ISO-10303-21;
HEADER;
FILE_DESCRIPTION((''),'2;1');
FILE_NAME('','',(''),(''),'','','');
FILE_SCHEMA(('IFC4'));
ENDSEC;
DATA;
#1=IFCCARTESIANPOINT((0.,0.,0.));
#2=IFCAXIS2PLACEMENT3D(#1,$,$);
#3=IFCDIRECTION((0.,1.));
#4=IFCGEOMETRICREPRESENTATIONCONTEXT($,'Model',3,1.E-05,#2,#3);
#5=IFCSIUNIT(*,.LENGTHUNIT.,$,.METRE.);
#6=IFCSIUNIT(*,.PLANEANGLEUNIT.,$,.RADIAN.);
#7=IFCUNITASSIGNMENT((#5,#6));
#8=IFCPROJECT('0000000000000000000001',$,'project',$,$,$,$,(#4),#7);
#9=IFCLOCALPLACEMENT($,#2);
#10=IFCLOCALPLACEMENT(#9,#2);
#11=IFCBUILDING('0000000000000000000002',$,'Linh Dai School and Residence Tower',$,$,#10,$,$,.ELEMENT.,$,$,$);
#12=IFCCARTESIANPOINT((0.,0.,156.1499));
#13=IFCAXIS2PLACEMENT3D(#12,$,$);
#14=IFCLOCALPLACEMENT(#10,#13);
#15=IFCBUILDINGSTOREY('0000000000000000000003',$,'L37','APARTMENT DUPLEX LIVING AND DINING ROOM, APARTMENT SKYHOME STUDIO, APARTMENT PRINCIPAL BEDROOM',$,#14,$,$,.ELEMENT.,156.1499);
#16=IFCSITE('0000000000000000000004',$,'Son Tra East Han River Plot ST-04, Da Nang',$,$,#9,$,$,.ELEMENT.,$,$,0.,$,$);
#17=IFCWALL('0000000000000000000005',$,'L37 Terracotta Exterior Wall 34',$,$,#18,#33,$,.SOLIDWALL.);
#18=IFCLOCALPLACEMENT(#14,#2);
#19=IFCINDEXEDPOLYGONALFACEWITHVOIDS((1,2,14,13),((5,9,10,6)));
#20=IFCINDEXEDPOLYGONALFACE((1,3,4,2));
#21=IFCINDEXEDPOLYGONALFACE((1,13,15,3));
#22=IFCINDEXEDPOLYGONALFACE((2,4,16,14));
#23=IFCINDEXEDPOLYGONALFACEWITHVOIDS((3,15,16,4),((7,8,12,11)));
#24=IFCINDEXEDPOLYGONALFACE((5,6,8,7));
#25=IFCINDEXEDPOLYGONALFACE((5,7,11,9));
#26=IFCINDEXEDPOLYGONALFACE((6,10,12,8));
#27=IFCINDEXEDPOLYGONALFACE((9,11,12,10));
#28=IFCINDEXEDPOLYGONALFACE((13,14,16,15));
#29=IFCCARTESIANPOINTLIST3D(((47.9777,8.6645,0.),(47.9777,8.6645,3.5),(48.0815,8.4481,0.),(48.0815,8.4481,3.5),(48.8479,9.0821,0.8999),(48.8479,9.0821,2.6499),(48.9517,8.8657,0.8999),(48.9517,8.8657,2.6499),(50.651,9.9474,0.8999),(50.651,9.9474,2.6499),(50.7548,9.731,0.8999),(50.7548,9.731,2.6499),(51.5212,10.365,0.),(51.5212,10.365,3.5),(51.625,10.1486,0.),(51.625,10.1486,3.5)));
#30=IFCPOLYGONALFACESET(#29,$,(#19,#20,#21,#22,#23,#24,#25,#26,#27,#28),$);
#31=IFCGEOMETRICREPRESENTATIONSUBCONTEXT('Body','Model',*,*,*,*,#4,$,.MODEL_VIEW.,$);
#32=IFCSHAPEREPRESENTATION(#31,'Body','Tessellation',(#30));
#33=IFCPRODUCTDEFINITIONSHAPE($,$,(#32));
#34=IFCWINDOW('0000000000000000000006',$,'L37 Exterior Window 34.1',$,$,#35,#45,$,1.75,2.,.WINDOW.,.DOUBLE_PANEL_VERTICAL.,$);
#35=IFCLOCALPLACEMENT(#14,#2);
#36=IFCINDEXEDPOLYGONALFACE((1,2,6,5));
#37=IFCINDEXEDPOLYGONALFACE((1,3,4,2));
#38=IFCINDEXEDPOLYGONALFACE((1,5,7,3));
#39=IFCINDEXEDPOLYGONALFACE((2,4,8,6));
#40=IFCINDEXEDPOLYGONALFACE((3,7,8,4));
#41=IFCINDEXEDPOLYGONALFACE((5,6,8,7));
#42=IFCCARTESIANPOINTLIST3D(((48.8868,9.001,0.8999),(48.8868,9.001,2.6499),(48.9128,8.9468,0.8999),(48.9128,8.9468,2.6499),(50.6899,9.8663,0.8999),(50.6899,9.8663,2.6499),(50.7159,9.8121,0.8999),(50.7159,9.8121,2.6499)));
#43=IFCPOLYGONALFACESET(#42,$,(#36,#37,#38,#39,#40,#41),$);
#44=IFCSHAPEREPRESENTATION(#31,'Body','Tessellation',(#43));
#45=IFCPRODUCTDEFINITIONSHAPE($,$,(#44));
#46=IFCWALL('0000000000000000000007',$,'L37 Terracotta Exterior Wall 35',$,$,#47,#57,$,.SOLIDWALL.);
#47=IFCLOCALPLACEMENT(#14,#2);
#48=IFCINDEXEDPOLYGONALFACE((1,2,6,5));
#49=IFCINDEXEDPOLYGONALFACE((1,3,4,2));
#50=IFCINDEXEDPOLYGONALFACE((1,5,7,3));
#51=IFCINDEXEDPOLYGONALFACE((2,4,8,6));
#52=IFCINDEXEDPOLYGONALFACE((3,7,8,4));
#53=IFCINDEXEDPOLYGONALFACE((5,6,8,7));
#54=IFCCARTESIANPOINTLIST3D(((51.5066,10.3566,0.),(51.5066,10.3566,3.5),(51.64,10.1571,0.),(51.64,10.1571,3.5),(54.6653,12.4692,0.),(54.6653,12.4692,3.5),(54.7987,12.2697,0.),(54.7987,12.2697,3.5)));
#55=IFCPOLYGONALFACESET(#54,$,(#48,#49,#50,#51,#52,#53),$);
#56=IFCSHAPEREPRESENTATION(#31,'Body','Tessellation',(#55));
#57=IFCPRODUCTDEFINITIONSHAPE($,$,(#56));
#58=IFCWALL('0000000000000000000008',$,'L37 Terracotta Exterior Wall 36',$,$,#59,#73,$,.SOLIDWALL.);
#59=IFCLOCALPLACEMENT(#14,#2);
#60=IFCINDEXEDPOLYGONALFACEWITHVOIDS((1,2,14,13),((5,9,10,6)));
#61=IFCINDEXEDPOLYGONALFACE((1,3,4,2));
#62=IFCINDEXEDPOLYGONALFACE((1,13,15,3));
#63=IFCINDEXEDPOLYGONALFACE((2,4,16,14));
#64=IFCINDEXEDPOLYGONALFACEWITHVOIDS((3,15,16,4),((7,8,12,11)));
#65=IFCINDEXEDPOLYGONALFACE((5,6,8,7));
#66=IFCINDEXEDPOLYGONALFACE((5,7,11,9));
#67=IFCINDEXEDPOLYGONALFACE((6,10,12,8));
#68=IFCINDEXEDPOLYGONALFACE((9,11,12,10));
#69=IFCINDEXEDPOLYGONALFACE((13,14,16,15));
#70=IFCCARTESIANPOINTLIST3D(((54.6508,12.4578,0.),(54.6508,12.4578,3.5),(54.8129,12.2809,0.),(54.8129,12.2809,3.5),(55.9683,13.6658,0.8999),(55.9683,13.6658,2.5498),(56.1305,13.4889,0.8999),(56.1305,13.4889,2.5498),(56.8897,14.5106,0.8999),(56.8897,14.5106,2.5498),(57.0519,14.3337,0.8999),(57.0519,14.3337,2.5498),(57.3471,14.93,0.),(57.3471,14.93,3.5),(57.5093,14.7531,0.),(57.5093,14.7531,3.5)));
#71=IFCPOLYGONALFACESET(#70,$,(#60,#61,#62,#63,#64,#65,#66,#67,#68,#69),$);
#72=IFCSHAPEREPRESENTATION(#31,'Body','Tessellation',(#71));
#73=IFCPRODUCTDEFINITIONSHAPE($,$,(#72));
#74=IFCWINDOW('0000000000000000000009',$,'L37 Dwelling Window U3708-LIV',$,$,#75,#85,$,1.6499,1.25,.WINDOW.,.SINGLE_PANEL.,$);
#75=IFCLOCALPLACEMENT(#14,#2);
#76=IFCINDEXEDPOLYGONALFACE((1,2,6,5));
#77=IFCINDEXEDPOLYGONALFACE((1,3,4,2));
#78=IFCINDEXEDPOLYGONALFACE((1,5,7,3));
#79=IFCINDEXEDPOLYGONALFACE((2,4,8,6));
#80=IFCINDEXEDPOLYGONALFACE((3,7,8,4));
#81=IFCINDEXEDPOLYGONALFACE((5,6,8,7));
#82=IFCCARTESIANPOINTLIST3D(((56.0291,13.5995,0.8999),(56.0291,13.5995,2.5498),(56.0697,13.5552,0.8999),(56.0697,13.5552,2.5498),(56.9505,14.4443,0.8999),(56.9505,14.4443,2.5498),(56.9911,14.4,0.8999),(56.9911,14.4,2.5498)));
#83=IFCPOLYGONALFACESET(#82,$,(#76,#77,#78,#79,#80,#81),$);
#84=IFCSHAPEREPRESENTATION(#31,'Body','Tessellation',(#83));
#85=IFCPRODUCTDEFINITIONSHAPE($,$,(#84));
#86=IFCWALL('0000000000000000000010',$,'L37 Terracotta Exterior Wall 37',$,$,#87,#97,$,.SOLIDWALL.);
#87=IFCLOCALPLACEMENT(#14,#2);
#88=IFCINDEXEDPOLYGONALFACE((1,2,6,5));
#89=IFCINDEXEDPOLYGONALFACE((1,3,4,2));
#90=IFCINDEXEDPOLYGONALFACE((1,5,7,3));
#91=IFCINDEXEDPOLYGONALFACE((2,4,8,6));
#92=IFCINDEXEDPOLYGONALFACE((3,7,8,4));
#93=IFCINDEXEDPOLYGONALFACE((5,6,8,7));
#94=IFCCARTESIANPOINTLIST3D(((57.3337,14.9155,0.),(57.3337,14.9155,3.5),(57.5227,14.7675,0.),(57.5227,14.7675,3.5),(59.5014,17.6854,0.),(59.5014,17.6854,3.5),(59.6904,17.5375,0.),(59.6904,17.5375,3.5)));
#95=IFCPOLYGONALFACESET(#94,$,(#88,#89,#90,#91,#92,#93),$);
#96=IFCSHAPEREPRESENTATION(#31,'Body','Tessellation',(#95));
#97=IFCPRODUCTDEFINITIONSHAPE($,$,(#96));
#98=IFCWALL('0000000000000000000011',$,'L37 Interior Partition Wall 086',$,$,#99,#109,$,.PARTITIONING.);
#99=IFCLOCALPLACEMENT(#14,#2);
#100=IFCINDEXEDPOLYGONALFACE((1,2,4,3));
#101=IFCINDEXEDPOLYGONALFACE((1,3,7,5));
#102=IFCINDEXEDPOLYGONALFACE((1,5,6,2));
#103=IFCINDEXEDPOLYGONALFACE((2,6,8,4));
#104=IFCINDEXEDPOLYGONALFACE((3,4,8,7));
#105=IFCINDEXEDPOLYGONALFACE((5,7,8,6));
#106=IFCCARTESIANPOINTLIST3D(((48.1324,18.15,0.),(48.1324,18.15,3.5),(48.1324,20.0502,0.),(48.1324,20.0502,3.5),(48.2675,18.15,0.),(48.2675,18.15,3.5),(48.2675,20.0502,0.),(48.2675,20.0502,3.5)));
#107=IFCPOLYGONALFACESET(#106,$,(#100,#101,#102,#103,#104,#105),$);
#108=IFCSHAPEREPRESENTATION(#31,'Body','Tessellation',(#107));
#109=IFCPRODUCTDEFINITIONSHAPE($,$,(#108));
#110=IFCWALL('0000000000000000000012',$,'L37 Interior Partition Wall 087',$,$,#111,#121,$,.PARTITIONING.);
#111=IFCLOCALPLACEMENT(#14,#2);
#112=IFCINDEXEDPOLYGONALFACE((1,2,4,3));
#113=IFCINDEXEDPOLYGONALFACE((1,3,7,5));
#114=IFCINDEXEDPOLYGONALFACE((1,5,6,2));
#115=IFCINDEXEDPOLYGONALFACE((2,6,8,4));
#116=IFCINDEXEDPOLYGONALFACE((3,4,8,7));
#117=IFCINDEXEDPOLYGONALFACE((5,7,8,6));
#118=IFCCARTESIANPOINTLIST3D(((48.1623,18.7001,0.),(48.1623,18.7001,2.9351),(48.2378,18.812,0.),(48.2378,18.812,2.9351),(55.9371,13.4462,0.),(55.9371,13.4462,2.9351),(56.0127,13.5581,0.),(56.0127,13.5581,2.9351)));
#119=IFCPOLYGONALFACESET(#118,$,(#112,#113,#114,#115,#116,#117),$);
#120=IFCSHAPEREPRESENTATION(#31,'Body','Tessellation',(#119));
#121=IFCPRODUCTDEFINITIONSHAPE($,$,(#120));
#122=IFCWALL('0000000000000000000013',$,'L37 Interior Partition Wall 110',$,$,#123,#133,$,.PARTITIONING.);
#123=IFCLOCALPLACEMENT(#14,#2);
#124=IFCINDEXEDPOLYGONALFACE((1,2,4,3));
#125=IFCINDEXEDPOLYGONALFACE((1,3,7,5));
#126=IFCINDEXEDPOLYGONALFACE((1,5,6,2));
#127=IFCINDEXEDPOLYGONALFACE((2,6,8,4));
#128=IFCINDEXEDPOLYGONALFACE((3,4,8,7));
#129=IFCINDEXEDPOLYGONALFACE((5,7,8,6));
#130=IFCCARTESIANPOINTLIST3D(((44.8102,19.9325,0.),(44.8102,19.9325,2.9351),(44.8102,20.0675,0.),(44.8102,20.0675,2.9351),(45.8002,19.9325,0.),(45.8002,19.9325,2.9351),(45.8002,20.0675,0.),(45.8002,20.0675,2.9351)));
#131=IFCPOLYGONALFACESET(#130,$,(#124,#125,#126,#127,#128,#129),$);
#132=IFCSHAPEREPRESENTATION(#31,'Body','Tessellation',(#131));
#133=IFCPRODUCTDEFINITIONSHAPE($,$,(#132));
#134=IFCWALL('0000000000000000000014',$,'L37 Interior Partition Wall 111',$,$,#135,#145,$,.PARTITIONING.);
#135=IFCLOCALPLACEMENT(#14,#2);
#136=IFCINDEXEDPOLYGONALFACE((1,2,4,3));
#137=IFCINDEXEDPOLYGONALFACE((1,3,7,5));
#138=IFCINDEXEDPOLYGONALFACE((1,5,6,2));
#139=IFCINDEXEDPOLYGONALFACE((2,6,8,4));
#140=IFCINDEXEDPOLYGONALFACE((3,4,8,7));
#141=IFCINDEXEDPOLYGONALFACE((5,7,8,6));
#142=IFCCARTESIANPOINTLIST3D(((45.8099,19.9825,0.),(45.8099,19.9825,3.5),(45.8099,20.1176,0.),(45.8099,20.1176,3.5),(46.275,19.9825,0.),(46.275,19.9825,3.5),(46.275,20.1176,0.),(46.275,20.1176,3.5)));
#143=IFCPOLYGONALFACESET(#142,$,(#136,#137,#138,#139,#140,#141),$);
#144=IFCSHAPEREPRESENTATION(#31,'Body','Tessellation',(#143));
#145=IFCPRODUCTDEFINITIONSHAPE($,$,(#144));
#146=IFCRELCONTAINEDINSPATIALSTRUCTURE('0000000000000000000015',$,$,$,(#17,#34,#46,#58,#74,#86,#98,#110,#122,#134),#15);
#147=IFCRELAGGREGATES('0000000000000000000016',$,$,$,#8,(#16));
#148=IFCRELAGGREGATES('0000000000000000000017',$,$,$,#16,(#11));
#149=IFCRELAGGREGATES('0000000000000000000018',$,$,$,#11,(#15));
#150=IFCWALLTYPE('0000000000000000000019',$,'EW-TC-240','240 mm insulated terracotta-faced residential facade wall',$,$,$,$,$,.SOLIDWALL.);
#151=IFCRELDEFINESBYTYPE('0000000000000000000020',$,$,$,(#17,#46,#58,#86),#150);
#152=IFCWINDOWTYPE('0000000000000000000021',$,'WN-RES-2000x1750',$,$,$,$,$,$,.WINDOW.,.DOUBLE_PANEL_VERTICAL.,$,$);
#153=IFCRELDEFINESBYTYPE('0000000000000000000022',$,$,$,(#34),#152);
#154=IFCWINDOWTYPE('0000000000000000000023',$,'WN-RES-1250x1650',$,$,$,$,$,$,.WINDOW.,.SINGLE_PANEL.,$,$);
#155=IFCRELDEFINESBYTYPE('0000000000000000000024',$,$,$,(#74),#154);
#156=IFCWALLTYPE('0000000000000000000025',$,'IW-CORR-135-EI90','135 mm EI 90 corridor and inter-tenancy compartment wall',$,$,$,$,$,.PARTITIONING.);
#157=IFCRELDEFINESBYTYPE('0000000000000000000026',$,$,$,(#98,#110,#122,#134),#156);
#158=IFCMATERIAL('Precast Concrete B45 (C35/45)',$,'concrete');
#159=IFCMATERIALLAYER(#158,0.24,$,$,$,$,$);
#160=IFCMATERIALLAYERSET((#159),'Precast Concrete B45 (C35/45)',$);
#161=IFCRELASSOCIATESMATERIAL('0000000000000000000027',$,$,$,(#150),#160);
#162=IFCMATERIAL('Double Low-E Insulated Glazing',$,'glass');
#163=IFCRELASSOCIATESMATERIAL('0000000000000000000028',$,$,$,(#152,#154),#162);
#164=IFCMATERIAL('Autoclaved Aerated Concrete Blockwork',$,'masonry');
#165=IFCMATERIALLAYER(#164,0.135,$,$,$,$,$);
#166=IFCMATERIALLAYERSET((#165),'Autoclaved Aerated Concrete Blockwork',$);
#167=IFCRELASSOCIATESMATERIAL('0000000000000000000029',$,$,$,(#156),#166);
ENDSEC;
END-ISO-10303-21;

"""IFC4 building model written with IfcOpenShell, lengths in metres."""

from ifc_helpers import new_model, si_unit, direction, frame, frame_2d, origin, origin_2d, place, context, subcontext, project, spatial, rectangle, extrude, source, transform, mapped, material, layer, layer_set, type_object, element, fill, save


model = new_model("IFC4")

# Units and contexts
model_context = context("Model", 3, precision=1e-05, world=origin(), true_north=direction((0.0, 1.0)))
body_context = subcontext(model_context, "Body", "Model", "MODEL_VIEW")
ifc_project = project(units=[si_unit("LENGTHUNIT", "METRE"), si_unit("PLANEANGLEUNIT", "RADIAN")], contexts=[model_context])

# Site, building, storey
site_placement = place(None, origin())
site = spatial("IfcSite", under=ifc_project, at=site_placement, Name="Son Tra East Han River Plot ST-04, Da Nang", CompositionType="ELEMENT", RefElevation=0.0)
building_placement = place(site_placement, origin())
building = spatial("IfcBuilding", under=site, at=building_placement, Name="Linh Dai School and Residence Tower", CompositionType="ELEMENT")
storey_placement = place(building_placement, frame((0.0, 0.0, 156.1499)))
storey = spatial("IfcBuildingStorey", under=building, at=storey_placement, Name="L37", Description="APARTMENT DUPLEX LIVING AND DINING ROOM, APARTMENT SKYHOME STUDIO, APARTMENT PRINCIPAL BEDROOM", CompositionType="ELEMENT", Elevation=156.1499)

# Shared definitions
ifc_material_1 = material(Name="Precast Concrete B45 (C35/45)", Category="concrete")

# Wall, opening, window
ifc_layer_1 = layer(ifc_material_1, 0.24)
ifc_layer_set_1 = layer_set([ifc_layer_1], Name="Precast Concrete B45 (C35/45)")
wall_type_1 = type_object("IfcWallType", Name="EW-TC-240", Description="240 mm insulated terracotta-faced residential facade wall", PredefinedType="SOLIDWALL", material=ifc_layer_set_1)
ifc_material_2 = material(Name="Double Low-E Insulated Glazing", Category="glass")
window_type_1 = type_object("IfcWindowType", Name="WN-RES-2000x1750", PartitioningType="DOUBLE_PANEL_VERTICAL", PredefinedType="WINDOW", material=ifc_material_2)
shared_shape_1 = source(origin(), body_context, "Body", "SweptSolid", [
    extrude(rectangle(XDim=2.0, YDim=1.75, at=origin_2d()), frame((1.0, 0.03, 0.875), z_axis=(0.0, -1.0, 0.0), x_axis=(1.0, 0.0, 0.0)), (0.0, 0.0, 1.0), 0.0601),
])
wall_1_placement = place(storey_placement, frame((51.5732, 10.2568, 0.0), z_axis=(0.0, 0.0, 1.0), x_axis=(-0.901565, -0.432644, 0.0)))
wall_1 = element("IfcWall", 1, at=wall_1_placement, inside=storey, type_object=wall_type_1, Name="L37 Terracotta Exterior Wall 34", PredefinedType="SOLIDWALL", context=body_context, shape_type="SweptSolid", body=[
    extrude(rectangle(XDim=3.9304, YDim=0.24, at=frame_2d((1.9653, 0.0))), origin(), (0.0, 0.0, 1.0), 3.5),
])
opening_1_placement = place(wall_1_placement, frame((0.9653, 0.0, 0.8999)))
opening_1 = element("IfcOpeningElement", 2, at=opening_1_placement, cuts=wall_1, PredefinedType="OPENING", context=body_context, shape_type="SweptSolid", body=[
    extrude(rectangle(XDim=2.0, YDim=1.75, at=origin_2d()), frame((1.0, 0.1299, 0.875), z_axis=(0.0, -1.0, 0.0), x_axis=(1.0, 0.0, 0.0)), (0.0, 0.0, 1.0), 0.26),
])
window_1_placement = place(opening_1_placement, origin())
window_1 = element("IfcWindow", 3, at=window_1_placement, inside=storey, type_object=window_type_1, Name="L37 Exterior Window 34.1", OverallHeight=1.75, OverallWidth=2.0, PartitioningType="DOUBLE_PANEL_VERTICAL", PredefinedType="WINDOW", context=body_context, shape_type="MappedRepresentation", body=[
    mapped(shared_shape_1, transform((0.0, 0.0, 0.0), x_axis=(1.0, 0.0, 0.0), y_axis=(0.0, 1.0, 0.0), z_axis=(0.0, 0.0, 1.0), scale=1.0)),
])
fill(opening_1, window_1)

# Wall
wall_2_placement = place(storey_placement, frame((54.7319, 12.3694, 0.0), z_axis=(0.0, 0.0, 1.0), x_axis=(-0.831229, -0.55593, 0.0)))
element("IfcWall", 4, at=wall_2_placement, inside=storey, type_object=wall_type_1, Name="L37 Terracotta Exterior Wall 35", PredefinedType="SOLIDWALL", context=body_context, shape_type="SweptSolid", body=[
    extrude(rectangle(XDim=3.8, YDim=0.24, at=frame_2d((1.8999, 0.0))), origin(), (0.0, 0.0, 1.0), 3.5),
])

# Wall, opening, window
wall_3_placement = place(storey_placement, frame((57.4282, 14.8416, 0.0), z_axis=(0.0, 0.0, 1.0), x_axis=(-0.737077, -0.675809, 0.0)))
wall_3 = element("IfcWall", 5, at=wall_3_placement, inside=storey, type_object=wall_type_1, Name="L37 Terracotta Exterior Wall 36", PredefinedType="SOLIDWALL", context=body_context, shape_type="SweptSolid", body=[
    extrude(rectangle(XDim=3.6582, YDim=0.24, at=frame_2d((1.8291, 0.0))), origin(), (0.0, 0.0, 1.0), 3.5),
])
opening_2_placement = place(wall_3_placement, frame((0.6206, 0.0, 0.8999)))
opening_2 = element("IfcOpeningElement", 6, at=opening_2_placement, cuts=wall_3, PredefinedType="OPENING", context=body_context, shape_type="SweptSolid", body=[
    extrude(rectangle(XDim=1.25, YDim=1.6499, at=origin_2d()), frame((0.625, 0.1299, 0.825), z_axis=(0.0, -1.0, 0.0), x_axis=(1.0, 0.0, 0.0)), (0.0, 0.0, 1.0), 0.26),
])
window_type_2 = type_object("IfcWindowType", Name="WN-RES-1250x1650", PartitioningType="SINGLE_PANEL", PredefinedType="WINDOW", material=ifc_material_2)
shared_shape_2 = source(origin(), body_context, "Body", "SweptSolid", [
    extrude(rectangle(XDim=1.25, YDim=1.6499, at=origin_2d()), frame((0.625, 0.03, 0.825), z_axis=(0.0, -1.0, 0.0), x_axis=(1.0, 0.0, 0.0)), (0.0, 0.0, 1.0), 0.0601),
])
window_2_placement = place(opening_2_placement, origin())
window_2 = element("IfcWindow", 7, at=window_2_placement, inside=storey, type_object=window_type_2, Name="L37 Dwelling Window U3708-LIV", OverallHeight=1.6499, OverallWidth=1.25, PartitioningType="SINGLE_PANEL", PredefinedType="WINDOW", context=body_context, shape_type="MappedRepresentation", body=[
    mapped(shared_shape_2, transform((0.0, 0.0, 0.0), x_axis=(1.0, 0.0, 0.0), y_axis=(0.0, 1.0, 0.0), z_axis=(0.0, 0.0, 1.0), scale=1.0)),
])
fill(opening_2, window_2)

# Wall
wall_4_placement = place(storey_placement, frame((59.5959, 17.6116, 0.0), z_axis=(0.0, 0.0, 1.0), x_axis=(-0.616288, -0.787521, 0.0)))
element("IfcWall", 8, at=wall_4_placement, inside=storey, type_object=wall_type_1, Name="L37 Terracotta Exterior Wall 37", PredefinedType="SOLIDWALL", context=body_context, shape_type="SweptSolid", body=[
    extrude(rectangle(XDim=3.5173, YDim=0.24, at=frame_2d((1.7588, 0.0))), origin(), (0.0, 0.0, 1.0), 3.5),
])

# Shared definitions
ifc_material_3 = material(Name="Autoclaved Aerated Concrete Blockwork", Category="masonry")
ifc_layer_2 = layer(ifc_material_3, 0.135)
ifc_layer_set_2 = layer_set([ifc_layer_2], Name="Autoclaved Aerated Concrete Blockwork")
wall_type_2 = type_object("IfcWallType", Name="IW-CORR-135-EI90", Description="135 mm EI 90 corridor and inter-tenancy compartment wall", PredefinedType="PARTITIONING", material=ifc_layer_set_2)

# Walls
wall_5_placement = place(storey_placement, frame((48.2, 18.1499, 0.0), z_axis=(0.0, 0.0, 1.0), x_axis=(0.0, 1.0, 0.0)))
element("IfcWall", 9, at=wall_5_placement, inside=storey, type_object=wall_type_2, Name="L37 Interior Partition Wall 086", PredefinedType="PARTITIONING", context=body_context, shape_type="SweptSolid", body=[
    extrude(rectangle(XDim=1.9001, YDim=0.135, at=frame_2d((0.9502, 0.0))), origin(), (0.0, 0.0, 1.0), 3.5),
])
wall_6_placement = place(storey_placement, frame((48.2, 18.7561, 0.0), z_axis=(0.0, 0.0, 1.0), x_axis=(0.82856, -0.559901, 0.0)))
element("IfcWall", 10, at=wall_6_placement, inside=storey, type_object=wall_type_2, Name="L37 Interior Partition Wall 087", PredefinedType="PARTITIONING", context=body_context, shape_type="SweptSolid", body=[
    extrude(rectangle(XDim=9.3835, YDim=0.135, at=frame_2d((4.6919, 0.0))), origin(), (0.0, 0.0, 1.0), 2.9351),
])
wall_7_placement = place(storey_placement, frame((44.8101, 20.0, 0.0), z_axis=(0.0, 0.0, 1.0), x_axis=(1.0, 0.0, 0.0)))
element("IfcWall", 11, at=wall_7_placement, inside=storey, type_object=wall_type_2, Name="L37 Interior Partition Wall 110", PredefinedType="PARTITIONING", context=body_context, shape_type="SweptSolid", body=[
    extrude(rectangle(XDim=0.99, YDim=0.135, at=frame_2d((0.4951, 0.0))), origin(), (0.0, 0.0, 1.0), 2.9351),
])
wall_8_placement = place(storey_placement, frame((45.8101, 20.05, 0.0), z_axis=(0.0, 0.0, 1.0), x_axis=(1.0, 0.0, 0.0)))
element("IfcWall", 12, at=wall_8_placement, inside=storey, type_object=wall_type_2, Name="L37 Interior Partition Wall 111", PredefinedType="PARTITIONING", context=body_context, shape_type="SweptSolid", body=[
    extrude(rectangle(XDim=0.4651, YDim=0.135, at=frame_2d((0.2324, 0.0))), origin(), (0.0, 0.0, 1.0), 3.5),
])

save(model, "model.ifc")
